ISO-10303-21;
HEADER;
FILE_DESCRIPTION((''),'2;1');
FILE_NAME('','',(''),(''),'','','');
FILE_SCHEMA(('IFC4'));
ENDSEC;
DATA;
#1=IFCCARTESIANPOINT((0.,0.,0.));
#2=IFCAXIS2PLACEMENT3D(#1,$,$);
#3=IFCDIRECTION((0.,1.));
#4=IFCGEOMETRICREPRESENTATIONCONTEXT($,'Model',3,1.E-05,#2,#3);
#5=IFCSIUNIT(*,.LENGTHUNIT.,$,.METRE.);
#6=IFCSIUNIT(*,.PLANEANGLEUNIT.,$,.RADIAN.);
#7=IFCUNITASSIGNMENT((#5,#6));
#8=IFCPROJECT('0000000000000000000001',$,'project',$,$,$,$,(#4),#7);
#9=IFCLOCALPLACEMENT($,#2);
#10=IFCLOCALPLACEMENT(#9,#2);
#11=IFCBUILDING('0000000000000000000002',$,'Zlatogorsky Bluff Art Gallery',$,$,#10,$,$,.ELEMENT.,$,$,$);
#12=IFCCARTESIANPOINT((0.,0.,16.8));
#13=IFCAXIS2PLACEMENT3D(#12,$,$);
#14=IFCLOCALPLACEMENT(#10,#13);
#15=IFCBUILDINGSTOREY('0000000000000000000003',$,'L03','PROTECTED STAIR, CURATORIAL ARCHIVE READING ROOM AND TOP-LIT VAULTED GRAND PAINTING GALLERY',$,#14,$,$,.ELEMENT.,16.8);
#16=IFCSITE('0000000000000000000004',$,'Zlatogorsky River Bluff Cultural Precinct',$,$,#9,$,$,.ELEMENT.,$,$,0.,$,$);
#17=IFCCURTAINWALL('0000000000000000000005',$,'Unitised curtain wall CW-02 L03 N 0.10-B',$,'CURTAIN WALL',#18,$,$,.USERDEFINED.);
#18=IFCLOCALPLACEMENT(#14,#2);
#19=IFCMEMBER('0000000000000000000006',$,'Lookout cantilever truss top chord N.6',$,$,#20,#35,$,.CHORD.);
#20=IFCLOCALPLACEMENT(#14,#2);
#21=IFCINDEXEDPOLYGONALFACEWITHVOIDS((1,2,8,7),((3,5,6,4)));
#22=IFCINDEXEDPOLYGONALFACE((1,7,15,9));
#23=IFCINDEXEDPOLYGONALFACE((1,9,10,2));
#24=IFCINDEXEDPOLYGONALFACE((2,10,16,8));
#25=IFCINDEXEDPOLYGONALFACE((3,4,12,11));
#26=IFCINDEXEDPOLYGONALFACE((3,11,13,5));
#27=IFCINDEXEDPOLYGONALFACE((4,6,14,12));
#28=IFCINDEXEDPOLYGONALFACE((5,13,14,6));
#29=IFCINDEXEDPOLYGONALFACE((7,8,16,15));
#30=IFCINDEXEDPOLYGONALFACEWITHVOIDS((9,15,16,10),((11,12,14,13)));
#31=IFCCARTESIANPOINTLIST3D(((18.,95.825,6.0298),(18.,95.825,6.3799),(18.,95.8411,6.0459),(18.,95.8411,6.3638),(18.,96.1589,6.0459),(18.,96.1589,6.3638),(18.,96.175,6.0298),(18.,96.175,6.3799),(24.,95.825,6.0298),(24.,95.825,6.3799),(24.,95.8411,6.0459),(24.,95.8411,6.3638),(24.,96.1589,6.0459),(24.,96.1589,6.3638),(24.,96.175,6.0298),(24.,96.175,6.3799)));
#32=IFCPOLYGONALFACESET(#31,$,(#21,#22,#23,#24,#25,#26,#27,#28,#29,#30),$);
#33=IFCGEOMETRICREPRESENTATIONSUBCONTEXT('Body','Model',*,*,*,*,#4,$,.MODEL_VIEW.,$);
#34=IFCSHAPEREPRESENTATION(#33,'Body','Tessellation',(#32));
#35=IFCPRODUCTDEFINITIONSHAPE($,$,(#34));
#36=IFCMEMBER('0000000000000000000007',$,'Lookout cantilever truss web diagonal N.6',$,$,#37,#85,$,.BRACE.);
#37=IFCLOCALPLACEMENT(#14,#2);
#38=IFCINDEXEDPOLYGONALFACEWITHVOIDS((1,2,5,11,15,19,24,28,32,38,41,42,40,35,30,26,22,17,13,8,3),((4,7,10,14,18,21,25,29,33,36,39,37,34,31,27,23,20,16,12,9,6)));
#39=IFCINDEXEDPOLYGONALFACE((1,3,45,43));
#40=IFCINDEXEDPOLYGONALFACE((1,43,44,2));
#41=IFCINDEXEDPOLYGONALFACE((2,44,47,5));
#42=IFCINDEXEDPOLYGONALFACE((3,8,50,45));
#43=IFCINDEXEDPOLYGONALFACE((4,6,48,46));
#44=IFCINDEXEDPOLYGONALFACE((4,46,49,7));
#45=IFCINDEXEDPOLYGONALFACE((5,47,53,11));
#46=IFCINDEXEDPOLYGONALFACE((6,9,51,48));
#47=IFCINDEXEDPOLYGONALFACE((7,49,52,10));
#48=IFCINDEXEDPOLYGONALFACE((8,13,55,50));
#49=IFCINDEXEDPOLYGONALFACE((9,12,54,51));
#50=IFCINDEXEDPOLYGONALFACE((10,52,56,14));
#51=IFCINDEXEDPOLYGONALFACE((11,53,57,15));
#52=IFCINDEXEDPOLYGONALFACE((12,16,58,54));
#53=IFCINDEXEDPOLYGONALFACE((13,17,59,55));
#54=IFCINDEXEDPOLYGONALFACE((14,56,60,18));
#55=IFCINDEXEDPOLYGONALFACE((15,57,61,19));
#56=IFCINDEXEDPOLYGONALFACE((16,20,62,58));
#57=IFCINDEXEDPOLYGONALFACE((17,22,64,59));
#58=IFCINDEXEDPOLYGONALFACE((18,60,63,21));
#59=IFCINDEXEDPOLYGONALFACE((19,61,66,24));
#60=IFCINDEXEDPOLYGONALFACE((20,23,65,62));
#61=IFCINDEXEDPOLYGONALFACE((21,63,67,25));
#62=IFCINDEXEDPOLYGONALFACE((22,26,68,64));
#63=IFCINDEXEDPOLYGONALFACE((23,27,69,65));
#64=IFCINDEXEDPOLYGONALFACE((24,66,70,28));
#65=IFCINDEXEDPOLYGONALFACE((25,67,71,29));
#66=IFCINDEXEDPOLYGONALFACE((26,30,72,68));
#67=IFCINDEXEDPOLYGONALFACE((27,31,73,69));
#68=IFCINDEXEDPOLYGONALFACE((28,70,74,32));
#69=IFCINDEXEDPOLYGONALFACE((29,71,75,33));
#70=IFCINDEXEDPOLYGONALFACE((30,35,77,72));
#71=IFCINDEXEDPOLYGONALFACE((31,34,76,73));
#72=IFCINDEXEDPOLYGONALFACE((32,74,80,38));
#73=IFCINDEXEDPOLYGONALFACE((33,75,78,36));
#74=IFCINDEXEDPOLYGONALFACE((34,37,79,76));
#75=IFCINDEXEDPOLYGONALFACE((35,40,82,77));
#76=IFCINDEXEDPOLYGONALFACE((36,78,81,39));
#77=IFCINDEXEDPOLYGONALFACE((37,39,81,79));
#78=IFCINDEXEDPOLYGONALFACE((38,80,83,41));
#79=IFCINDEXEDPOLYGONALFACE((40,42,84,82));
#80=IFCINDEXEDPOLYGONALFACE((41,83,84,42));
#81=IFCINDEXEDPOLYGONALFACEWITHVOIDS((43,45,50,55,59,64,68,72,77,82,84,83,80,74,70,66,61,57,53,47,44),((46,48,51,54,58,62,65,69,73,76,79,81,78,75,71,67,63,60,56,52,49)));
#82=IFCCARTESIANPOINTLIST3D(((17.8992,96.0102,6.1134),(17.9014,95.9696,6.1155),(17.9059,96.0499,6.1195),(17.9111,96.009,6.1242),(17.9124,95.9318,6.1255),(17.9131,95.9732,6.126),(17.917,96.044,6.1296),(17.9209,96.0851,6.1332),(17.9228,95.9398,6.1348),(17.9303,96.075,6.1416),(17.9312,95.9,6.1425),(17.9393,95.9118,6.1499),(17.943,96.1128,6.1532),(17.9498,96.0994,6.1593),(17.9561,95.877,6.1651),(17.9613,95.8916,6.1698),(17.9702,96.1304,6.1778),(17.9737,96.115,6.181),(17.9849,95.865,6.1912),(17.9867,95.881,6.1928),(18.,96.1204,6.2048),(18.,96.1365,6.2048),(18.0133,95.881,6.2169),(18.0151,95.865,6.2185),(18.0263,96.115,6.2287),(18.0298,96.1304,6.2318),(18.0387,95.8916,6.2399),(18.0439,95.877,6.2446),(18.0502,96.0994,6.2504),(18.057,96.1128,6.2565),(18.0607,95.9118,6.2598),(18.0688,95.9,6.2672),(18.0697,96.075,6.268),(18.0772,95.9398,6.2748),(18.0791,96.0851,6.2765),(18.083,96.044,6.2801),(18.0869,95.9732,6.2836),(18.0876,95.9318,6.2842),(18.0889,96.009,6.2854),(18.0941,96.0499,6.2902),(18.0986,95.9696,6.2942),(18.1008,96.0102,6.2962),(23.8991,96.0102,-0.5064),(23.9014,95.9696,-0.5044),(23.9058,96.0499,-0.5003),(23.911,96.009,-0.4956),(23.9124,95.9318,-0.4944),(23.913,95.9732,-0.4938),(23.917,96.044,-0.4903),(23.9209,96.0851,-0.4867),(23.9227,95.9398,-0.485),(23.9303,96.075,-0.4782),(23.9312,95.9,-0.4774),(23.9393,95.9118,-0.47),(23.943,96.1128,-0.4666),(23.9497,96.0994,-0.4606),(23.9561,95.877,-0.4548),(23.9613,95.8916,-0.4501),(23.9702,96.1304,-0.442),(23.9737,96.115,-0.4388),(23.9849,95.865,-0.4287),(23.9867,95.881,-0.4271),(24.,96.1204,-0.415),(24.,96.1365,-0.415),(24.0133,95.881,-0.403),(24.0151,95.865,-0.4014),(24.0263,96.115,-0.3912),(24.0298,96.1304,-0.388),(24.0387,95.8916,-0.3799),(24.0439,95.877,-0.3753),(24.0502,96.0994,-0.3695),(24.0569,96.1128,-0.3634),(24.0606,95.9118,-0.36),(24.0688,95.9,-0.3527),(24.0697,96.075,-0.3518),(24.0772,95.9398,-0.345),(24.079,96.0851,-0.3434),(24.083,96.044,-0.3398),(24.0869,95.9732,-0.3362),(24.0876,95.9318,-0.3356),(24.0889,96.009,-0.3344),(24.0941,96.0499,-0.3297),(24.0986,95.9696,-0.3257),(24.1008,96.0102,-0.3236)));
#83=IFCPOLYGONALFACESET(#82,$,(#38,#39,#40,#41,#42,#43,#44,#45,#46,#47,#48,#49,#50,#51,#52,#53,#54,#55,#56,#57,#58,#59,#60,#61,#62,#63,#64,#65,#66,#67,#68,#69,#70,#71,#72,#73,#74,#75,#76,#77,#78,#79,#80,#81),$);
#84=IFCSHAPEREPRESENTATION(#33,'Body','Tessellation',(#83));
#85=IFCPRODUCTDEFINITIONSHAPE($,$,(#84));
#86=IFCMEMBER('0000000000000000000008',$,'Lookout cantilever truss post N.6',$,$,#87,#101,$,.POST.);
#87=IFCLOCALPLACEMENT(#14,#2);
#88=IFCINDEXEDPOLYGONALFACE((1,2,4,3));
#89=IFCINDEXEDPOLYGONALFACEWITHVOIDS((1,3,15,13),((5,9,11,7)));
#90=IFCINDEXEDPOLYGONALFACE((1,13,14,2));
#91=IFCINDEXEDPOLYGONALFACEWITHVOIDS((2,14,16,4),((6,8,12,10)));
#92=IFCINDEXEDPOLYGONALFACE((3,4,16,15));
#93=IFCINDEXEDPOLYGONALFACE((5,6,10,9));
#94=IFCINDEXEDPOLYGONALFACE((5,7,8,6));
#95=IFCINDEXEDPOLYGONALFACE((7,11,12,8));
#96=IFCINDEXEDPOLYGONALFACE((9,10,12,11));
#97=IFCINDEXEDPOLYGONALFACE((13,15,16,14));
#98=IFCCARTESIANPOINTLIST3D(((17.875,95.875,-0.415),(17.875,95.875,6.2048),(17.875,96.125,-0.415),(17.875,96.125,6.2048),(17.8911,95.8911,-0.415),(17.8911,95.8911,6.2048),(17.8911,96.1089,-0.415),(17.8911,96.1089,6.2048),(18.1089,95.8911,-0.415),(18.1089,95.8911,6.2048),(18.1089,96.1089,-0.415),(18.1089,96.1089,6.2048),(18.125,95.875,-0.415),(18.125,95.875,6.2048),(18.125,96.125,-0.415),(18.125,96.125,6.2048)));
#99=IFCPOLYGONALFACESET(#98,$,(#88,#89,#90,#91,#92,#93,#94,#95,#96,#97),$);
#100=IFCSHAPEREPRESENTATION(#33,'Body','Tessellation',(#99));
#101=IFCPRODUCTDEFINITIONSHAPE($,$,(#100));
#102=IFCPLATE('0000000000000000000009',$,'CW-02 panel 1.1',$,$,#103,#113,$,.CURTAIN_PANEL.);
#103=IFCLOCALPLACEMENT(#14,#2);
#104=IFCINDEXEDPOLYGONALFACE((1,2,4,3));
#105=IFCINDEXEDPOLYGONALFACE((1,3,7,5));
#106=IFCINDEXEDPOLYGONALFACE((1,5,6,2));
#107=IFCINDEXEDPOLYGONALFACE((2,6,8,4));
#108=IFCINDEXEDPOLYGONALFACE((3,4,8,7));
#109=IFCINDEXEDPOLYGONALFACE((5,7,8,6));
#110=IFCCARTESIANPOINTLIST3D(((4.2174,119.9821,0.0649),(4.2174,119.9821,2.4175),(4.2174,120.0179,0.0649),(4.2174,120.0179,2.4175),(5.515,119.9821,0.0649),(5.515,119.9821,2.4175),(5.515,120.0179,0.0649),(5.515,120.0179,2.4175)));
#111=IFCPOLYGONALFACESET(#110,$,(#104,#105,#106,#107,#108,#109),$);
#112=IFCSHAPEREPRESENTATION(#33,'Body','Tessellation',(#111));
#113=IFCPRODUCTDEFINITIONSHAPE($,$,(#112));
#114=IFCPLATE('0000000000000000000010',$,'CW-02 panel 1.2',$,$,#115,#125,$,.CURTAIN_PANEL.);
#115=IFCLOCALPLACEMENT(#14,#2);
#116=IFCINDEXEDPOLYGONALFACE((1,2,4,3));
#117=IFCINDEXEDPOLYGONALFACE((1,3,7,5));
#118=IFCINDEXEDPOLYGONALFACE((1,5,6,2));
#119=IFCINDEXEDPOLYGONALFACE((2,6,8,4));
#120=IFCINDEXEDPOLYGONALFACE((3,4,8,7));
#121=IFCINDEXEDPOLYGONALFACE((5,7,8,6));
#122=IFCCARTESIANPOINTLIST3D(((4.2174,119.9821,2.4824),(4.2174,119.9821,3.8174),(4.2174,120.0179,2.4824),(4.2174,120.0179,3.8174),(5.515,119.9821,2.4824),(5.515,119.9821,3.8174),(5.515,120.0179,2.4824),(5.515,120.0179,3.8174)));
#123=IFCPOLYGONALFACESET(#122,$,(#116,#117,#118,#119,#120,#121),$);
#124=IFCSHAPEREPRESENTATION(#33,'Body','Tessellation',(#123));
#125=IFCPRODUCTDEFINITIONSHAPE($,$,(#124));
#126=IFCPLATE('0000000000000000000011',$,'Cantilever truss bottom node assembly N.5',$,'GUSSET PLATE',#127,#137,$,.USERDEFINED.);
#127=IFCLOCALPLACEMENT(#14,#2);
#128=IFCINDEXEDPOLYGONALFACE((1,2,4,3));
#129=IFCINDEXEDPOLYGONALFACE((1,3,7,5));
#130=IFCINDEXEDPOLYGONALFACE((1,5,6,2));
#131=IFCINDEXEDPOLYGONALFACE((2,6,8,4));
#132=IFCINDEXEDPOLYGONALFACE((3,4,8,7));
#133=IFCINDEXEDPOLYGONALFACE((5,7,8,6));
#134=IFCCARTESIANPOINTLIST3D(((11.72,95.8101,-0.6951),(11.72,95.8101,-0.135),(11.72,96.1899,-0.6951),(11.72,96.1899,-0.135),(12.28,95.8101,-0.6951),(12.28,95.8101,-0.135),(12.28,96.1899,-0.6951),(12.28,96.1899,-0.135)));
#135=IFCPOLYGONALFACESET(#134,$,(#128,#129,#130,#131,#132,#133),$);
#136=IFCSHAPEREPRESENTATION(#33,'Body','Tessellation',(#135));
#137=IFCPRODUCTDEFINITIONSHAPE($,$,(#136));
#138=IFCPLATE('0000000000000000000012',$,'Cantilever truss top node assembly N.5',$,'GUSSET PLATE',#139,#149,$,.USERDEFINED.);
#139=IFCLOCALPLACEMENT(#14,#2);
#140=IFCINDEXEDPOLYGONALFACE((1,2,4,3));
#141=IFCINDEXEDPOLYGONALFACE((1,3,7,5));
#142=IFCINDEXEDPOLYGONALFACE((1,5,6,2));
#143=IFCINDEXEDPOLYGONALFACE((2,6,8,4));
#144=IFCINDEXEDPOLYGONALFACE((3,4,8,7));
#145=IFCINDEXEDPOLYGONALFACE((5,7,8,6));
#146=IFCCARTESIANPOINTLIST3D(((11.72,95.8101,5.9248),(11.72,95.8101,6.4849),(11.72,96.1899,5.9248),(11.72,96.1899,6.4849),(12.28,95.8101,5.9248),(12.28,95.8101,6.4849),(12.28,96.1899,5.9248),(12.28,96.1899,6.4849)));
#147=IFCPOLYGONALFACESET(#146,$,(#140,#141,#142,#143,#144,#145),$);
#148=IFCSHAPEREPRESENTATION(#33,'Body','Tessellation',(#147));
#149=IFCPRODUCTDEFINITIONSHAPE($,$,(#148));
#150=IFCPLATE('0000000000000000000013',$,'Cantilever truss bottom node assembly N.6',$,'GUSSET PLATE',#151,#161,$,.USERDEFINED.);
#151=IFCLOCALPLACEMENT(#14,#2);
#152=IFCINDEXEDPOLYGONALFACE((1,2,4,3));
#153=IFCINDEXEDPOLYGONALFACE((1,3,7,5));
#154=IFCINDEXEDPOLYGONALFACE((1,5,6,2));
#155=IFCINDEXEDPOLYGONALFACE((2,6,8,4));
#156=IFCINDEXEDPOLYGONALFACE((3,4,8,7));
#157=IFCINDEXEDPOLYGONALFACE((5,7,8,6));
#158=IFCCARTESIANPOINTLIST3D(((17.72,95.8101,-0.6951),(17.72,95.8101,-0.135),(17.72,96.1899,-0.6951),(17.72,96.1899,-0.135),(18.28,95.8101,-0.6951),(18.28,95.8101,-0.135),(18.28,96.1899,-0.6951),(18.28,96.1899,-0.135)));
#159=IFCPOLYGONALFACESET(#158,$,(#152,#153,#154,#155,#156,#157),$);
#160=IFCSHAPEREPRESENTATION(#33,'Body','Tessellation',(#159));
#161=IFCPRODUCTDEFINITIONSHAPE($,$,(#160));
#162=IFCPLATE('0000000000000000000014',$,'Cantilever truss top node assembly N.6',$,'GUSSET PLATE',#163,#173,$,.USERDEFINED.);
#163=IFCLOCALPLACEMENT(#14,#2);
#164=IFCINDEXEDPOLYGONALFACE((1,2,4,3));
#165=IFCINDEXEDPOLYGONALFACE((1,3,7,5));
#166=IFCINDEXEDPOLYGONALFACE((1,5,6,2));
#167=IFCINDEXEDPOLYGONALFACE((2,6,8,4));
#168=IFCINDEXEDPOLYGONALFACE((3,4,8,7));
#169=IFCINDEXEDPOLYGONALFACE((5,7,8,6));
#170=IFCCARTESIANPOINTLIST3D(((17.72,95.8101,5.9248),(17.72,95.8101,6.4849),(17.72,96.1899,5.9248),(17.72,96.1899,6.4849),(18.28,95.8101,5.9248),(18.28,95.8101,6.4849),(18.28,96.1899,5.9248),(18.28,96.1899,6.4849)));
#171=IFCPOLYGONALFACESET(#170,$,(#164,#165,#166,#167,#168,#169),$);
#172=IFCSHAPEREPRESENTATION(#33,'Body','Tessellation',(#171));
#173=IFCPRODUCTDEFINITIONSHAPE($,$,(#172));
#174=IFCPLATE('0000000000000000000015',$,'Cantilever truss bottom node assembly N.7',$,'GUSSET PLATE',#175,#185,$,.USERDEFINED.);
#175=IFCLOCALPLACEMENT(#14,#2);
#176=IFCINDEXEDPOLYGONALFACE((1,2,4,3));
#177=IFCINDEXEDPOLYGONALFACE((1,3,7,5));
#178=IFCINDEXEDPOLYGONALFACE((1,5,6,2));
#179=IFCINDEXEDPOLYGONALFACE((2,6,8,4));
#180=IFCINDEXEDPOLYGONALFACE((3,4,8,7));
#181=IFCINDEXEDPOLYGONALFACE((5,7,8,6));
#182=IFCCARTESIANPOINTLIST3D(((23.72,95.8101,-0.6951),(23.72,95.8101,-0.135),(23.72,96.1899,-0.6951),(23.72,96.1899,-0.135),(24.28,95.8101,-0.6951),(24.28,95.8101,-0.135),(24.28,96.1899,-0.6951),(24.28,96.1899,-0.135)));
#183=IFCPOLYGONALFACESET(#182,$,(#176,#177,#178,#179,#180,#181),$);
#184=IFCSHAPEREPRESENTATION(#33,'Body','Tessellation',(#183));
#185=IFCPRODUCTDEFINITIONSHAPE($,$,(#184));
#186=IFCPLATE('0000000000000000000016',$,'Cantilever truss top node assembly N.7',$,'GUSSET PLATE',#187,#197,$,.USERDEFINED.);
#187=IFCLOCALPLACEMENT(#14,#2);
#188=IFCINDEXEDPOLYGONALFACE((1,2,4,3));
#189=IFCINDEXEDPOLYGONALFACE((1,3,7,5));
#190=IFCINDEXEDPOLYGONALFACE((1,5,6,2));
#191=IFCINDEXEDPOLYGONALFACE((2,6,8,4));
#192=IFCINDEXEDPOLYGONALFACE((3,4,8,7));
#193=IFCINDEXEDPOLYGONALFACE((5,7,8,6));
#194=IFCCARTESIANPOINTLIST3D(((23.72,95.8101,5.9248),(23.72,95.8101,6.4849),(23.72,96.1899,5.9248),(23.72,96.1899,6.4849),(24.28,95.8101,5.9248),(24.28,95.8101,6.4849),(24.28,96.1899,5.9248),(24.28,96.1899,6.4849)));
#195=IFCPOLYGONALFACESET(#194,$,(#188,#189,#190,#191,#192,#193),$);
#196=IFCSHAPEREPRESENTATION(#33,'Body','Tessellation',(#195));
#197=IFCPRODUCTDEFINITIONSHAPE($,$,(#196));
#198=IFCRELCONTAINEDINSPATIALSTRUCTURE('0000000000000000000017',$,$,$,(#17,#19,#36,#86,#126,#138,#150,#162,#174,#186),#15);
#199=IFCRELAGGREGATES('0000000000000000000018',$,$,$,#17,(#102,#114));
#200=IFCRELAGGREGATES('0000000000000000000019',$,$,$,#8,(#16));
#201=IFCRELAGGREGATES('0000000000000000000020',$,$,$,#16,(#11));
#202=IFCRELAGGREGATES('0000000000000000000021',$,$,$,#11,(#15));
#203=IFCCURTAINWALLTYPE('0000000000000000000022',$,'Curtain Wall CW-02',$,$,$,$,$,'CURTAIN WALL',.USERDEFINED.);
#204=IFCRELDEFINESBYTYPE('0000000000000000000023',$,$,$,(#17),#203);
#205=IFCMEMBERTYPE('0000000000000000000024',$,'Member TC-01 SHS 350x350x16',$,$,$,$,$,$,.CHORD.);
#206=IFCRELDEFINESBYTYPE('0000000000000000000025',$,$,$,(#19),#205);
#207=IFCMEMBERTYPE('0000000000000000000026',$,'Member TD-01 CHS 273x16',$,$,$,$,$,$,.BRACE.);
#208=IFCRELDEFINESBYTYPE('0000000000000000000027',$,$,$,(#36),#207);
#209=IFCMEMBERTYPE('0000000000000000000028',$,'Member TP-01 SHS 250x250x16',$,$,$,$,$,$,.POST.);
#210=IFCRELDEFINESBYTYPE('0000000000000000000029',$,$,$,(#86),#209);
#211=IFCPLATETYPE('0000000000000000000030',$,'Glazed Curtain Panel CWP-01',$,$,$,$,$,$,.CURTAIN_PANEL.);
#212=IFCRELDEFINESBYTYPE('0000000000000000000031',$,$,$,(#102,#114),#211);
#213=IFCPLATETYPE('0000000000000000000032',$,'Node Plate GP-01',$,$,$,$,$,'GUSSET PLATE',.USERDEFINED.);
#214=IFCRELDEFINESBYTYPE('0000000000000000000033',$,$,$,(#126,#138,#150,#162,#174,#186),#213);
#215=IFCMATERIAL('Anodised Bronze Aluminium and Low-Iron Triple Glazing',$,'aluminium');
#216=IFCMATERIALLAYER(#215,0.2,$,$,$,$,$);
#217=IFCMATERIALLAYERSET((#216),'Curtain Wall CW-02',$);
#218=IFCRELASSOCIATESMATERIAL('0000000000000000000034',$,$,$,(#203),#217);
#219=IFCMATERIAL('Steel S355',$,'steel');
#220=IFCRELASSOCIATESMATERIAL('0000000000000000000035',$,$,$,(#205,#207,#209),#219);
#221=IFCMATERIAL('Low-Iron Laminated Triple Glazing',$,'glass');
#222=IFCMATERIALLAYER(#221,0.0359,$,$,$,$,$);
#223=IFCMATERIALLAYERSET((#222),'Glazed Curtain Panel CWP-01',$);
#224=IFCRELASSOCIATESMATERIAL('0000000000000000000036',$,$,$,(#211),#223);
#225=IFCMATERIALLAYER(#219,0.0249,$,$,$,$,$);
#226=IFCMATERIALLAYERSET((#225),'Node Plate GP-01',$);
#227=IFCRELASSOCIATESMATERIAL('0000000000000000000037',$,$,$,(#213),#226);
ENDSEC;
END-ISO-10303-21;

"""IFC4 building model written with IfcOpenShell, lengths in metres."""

from ifc_helpers import new_model, si_unit, direction, frame, origin, origin_2d, place, context, subcontext, project, spatial, rectangle, hollow_rectangle, hollow_circle, extrude, material, layer, layer_set, material_profile, profile_set, type_object, element, aggregate, save


model = new_model("IFC4")

# Units and contexts
model_context = context("Model", 3, precision=1e-05, world=origin(), true_north=direction((0.0, 1.0)))
body_context = subcontext(model_context, "Body", "Model", "MODEL_VIEW")
ifc_project = project(units=[si_unit("LENGTHUNIT", "METRE"), si_unit("PLANEANGLEUNIT", "RADIAN")], contexts=[model_context])

# Site, building, storey
site_placement = place(None, origin())
site = spatial("IfcSite", under=ifc_project, at=site_placement, Name="Zlatogorsky River Bluff Cultural Precinct", CompositionType="ELEMENT", RefElevation=0.0)
building_placement = place(site_placement, origin())
building = spatial("IfcBuilding", under=site, at=building_placement, Name="Zlatogorsky Bluff Art Gallery", CompositionType="ELEMENT")
storey_placement = place(building_placement, frame((0.0, 0.0, 16.8)))
storey = spatial("IfcBuildingStorey", under=building, at=storey_placement, Name="L03", Description="PROTECTED STAIR, CURATORIAL ARCHIVE READING ROOM AND TOP-LIT VAULTED GRAND PAINTING GALLERY", CompositionType="ELEMENT", Elevation=16.8)

# Shared definitions
ifc_material_1 = material(Name="Steel S355", Category="steel")

# Curtain wall
ifc_material_2 = material(Name="Anodised Bronze Aluminium and Low-Iron Triple Glazing", Category="aluminium")
ifc_layer_1 = layer(ifc_material_2, 0.2)
ifc_layer_set_1 = layer_set([ifc_layer_1], Name="Curtain Wall CW-02")
curtain_wall_type = type_object("IfcCurtainWallType", Name="Curtain Wall CW-02", ElementType="CURTAIN WALL", PredefinedType="USERDEFINED", material=ifc_layer_set_1)
curtain_wall_placement = place(storey_placement, origin())
curtain_wall = element("IfcCurtainWall", 1, at=curtain_wall_placement, inside=storey, type_object=curtain_wall_type, Name="Unitised curtain wall CW-02 L03 N 0.10-B", ObjectType="CURTAIN WALL", PredefinedType="USERDEFINED")

# Members
ifc_material_profile_1 = material_profile(ifc_material_1, hollow_rectangle(XDim=0.3501, YDim=0.3501, WallThickness=0.0161, at=origin_2d()), Name="SHS 350x350x16")
ifc_profile_set_1 = profile_set([ifc_material_profile_1], Name="Steel S355")
member_type_1 = type_object("IfcMemberType", Name="Member TC-01 SHS 350x350x16", PredefinedType="CHORD", material=ifc_profile_set_1)
for number, where, z_axis, x_axis, name in (
    (2, (18.0, 96.0, 6.2048), (1.0, 0.0, 0.0), (0.0, 1.0, 0.0), "Lookout cantilever truss top chord N.6"),
):
    element("IfcMember", number, at=place(storey_placement, frame(where, z_axis=z_axis, x_axis=x_axis)), inside=storey, type_object=member_type_1, Name=name, PredefinedType="CHORD", context=body_context, shape_type="SweptSolid", body=[
        extrude(hollow_rectangle(XDim=0.3501, YDim=0.3501, WallThickness=0.0161, at=origin_2d()), origin(), (0.0, 0.0, 1.0), 6.0),
    ])
ifc_material_profile_2 = material_profile(ifc_material_1, hollow_circle(Radius=0.1365, WallThickness=0.0161, at=origin_2d()), Name="CHS 273x16")
ifc_profile_set_2 = profile_set([ifc_material_profile_2], Name="Steel S355")
member_type_2 = type_object("IfcMemberType", Name="Member TD-01 CHS 273x16", PredefinedType="BRACE", material=ifc_profile_set_2)
member_1_placement = place(storey_placement, frame((18.0, 96.0, 6.2048), z_axis=(0.671565, 0.0, -0.740946), x_axis=(0.0, 1.0, 0.0)))
element("IfcMember", 3, at=member_1_placement, inside=storey, type_object=member_type_2, Name="Lookout cantilever truss web diagonal N.6", PredefinedType="BRACE", context=body_context, shape_type="SweptSolid", body=[
    extrude(hollow_circle(Radius=0.1365, WallThickness=0.0161, at=origin_2d()), origin(), (0.0, 0.0, 1.0), 8.9343),
])
ifc_material_profile_3 = material_profile(ifc_material_1, hollow_rectangle(XDim=0.25, YDim=0.25, WallThickness=0.0161, at=origin_2d()), Name="SHS 250x250x16")
ifc_profile_set_3 = profile_set([ifc_material_profile_3], Name="Steel S355")
member_type_3 = type_object("IfcMemberType", Name="Member TP-01 SHS 250x250x16", PredefinedType="POST", material=ifc_profile_set_3)
member_2_placement = place(storey_placement, frame((18.0, 96.0, -0.415), z_axis=(0.0, 0.0, 1.0), x_axis=(1.0, 0.0, 0.0)))
element("IfcMember", 4, at=member_2_placement, inside=storey, type_object=member_type_3, Name="Lookout cantilever truss post N.6", PredefinedType="POST", context=body_context, shape_type="SweptSolid", body=[
    extrude(hollow_rectangle(XDim=0.25, YDim=0.25, WallThickness=0.0161, at=origin_2d()), origin(), (0.0, 0.0, 1.0), 6.6199),
])

# Plates
ifc_material_3 = material(Name="Low-Iron Laminated Triple Glazing", Category="glass")
ifc_layer_2 = layer(ifc_material_3, 0.0359)
ifc_layer_set_2 = layer_set([ifc_layer_2], Name="Glazed Curtain Panel CWP-01")
plate_type_1 = type_object("IfcPlateType", Name="Glazed Curtain Panel CWP-01", PredefinedType="CURTAIN_PANEL", material=ifc_layer_set_2)
plate_1_placement = place(storey_placement, frame((4.8662, 120.0, 0.0649), z_axis=(0.0, 0.0, 1.0), x_axis=(-1.0, 0.0, 0.0)))
plate_1 = element("IfcPlate", 5, at=plate_1_placement, type_object=plate_type_1, Name="CW-02 panel 1.1", PredefinedType="CURTAIN_PANEL", context=body_context, shape_type="SweptSolid", body=[
    extrude(rectangle(XDim=1.2976, YDim=0.0359, at=origin_2d()), origin(), (0.0, 0.0, 1.0), 2.3525),
])
plate_2_placement = place(storey_placement, frame((4.8662, 120.0, 2.4824), z_axis=(0.0, 0.0, 1.0), x_axis=(-1.0, 0.0, 0.0)))
plate_2 = element("IfcPlate", 6, at=plate_2_placement, type_object=plate_type_1, Name="CW-02 panel 1.2", PredefinedType="CURTAIN_PANEL", context=body_context, shape_type="SweptSolid", body=[
    extrude(rectangle(XDim=1.2976, YDim=0.0359, at=origin_2d()), origin(), (0.0, 0.0, 1.0), 1.335),
])
aggregate(curtain_wall, [plate_1, plate_2])

# Plates
ifc_layer_3 = layer(ifc_material_1, 0.0249)
ifc_layer_set_3 = layer_set([ifc_layer_3], Name="Node Plate GP-01")
plate_type_2 = type_object("IfcPlateType", Name="Node Plate GP-01", ElementType="GUSSET PLATE", PredefinedType="USERDEFINED", material=ifc_layer_set_3)
for number, where, z_axis, x_axis, name in (
    (7, (12.0, 96.0, -0.6951), (0.0, 0.0, 1.0), (1.0, 0.0, 0.0), "Cantilever truss bottom node assembly N.5"),
    (8, (12.0, 96.0, 5.9248), (0.0, 0.0, 1.0), (1.0, 0.0, 0.0), "Cantilever truss top node assembly N.5"),
    (9, (18.0, 96.0, -0.6951), (0.0, 0.0, 1.0), (1.0, 0.0, 0.0), "Cantilever truss bottom node assembly N.6"),
    (10, (18.0, 96.0, 5.9248), (0.0, 0.0, 1.0), (1.0, 0.0, 0.0), "Cantilever truss top node assembly N.6"),
    (11, (24.0, 96.0, -0.6951), (0.0, 0.0, 1.0), (1.0, 0.0, 0.0), "Cantilever truss bottom node assembly N.7"),
    (12, (24.0, 96.0, 5.9248), (0.0, 0.0, 1.0), (1.0, 0.0, 0.0), "Cantilever truss top node assembly N.7"),
):
    element("IfcPlate", number, at=place(storey_placement, frame(where, z_axis=z_axis, x_axis=x_axis)), inside=storey, type_object=plate_type_2, Name=name, ObjectType="GUSSET PLATE", PredefinedType="USERDEFINED", context=body_context, shape_type="SweptSolid", body=[
        extrude(rectangle(XDim=0.5601, YDim=0.3799, at=origin_2d()), origin(), (0.0, 0.0, 1.0), 0.5601),
    ])

save(model, "model.ifc")
